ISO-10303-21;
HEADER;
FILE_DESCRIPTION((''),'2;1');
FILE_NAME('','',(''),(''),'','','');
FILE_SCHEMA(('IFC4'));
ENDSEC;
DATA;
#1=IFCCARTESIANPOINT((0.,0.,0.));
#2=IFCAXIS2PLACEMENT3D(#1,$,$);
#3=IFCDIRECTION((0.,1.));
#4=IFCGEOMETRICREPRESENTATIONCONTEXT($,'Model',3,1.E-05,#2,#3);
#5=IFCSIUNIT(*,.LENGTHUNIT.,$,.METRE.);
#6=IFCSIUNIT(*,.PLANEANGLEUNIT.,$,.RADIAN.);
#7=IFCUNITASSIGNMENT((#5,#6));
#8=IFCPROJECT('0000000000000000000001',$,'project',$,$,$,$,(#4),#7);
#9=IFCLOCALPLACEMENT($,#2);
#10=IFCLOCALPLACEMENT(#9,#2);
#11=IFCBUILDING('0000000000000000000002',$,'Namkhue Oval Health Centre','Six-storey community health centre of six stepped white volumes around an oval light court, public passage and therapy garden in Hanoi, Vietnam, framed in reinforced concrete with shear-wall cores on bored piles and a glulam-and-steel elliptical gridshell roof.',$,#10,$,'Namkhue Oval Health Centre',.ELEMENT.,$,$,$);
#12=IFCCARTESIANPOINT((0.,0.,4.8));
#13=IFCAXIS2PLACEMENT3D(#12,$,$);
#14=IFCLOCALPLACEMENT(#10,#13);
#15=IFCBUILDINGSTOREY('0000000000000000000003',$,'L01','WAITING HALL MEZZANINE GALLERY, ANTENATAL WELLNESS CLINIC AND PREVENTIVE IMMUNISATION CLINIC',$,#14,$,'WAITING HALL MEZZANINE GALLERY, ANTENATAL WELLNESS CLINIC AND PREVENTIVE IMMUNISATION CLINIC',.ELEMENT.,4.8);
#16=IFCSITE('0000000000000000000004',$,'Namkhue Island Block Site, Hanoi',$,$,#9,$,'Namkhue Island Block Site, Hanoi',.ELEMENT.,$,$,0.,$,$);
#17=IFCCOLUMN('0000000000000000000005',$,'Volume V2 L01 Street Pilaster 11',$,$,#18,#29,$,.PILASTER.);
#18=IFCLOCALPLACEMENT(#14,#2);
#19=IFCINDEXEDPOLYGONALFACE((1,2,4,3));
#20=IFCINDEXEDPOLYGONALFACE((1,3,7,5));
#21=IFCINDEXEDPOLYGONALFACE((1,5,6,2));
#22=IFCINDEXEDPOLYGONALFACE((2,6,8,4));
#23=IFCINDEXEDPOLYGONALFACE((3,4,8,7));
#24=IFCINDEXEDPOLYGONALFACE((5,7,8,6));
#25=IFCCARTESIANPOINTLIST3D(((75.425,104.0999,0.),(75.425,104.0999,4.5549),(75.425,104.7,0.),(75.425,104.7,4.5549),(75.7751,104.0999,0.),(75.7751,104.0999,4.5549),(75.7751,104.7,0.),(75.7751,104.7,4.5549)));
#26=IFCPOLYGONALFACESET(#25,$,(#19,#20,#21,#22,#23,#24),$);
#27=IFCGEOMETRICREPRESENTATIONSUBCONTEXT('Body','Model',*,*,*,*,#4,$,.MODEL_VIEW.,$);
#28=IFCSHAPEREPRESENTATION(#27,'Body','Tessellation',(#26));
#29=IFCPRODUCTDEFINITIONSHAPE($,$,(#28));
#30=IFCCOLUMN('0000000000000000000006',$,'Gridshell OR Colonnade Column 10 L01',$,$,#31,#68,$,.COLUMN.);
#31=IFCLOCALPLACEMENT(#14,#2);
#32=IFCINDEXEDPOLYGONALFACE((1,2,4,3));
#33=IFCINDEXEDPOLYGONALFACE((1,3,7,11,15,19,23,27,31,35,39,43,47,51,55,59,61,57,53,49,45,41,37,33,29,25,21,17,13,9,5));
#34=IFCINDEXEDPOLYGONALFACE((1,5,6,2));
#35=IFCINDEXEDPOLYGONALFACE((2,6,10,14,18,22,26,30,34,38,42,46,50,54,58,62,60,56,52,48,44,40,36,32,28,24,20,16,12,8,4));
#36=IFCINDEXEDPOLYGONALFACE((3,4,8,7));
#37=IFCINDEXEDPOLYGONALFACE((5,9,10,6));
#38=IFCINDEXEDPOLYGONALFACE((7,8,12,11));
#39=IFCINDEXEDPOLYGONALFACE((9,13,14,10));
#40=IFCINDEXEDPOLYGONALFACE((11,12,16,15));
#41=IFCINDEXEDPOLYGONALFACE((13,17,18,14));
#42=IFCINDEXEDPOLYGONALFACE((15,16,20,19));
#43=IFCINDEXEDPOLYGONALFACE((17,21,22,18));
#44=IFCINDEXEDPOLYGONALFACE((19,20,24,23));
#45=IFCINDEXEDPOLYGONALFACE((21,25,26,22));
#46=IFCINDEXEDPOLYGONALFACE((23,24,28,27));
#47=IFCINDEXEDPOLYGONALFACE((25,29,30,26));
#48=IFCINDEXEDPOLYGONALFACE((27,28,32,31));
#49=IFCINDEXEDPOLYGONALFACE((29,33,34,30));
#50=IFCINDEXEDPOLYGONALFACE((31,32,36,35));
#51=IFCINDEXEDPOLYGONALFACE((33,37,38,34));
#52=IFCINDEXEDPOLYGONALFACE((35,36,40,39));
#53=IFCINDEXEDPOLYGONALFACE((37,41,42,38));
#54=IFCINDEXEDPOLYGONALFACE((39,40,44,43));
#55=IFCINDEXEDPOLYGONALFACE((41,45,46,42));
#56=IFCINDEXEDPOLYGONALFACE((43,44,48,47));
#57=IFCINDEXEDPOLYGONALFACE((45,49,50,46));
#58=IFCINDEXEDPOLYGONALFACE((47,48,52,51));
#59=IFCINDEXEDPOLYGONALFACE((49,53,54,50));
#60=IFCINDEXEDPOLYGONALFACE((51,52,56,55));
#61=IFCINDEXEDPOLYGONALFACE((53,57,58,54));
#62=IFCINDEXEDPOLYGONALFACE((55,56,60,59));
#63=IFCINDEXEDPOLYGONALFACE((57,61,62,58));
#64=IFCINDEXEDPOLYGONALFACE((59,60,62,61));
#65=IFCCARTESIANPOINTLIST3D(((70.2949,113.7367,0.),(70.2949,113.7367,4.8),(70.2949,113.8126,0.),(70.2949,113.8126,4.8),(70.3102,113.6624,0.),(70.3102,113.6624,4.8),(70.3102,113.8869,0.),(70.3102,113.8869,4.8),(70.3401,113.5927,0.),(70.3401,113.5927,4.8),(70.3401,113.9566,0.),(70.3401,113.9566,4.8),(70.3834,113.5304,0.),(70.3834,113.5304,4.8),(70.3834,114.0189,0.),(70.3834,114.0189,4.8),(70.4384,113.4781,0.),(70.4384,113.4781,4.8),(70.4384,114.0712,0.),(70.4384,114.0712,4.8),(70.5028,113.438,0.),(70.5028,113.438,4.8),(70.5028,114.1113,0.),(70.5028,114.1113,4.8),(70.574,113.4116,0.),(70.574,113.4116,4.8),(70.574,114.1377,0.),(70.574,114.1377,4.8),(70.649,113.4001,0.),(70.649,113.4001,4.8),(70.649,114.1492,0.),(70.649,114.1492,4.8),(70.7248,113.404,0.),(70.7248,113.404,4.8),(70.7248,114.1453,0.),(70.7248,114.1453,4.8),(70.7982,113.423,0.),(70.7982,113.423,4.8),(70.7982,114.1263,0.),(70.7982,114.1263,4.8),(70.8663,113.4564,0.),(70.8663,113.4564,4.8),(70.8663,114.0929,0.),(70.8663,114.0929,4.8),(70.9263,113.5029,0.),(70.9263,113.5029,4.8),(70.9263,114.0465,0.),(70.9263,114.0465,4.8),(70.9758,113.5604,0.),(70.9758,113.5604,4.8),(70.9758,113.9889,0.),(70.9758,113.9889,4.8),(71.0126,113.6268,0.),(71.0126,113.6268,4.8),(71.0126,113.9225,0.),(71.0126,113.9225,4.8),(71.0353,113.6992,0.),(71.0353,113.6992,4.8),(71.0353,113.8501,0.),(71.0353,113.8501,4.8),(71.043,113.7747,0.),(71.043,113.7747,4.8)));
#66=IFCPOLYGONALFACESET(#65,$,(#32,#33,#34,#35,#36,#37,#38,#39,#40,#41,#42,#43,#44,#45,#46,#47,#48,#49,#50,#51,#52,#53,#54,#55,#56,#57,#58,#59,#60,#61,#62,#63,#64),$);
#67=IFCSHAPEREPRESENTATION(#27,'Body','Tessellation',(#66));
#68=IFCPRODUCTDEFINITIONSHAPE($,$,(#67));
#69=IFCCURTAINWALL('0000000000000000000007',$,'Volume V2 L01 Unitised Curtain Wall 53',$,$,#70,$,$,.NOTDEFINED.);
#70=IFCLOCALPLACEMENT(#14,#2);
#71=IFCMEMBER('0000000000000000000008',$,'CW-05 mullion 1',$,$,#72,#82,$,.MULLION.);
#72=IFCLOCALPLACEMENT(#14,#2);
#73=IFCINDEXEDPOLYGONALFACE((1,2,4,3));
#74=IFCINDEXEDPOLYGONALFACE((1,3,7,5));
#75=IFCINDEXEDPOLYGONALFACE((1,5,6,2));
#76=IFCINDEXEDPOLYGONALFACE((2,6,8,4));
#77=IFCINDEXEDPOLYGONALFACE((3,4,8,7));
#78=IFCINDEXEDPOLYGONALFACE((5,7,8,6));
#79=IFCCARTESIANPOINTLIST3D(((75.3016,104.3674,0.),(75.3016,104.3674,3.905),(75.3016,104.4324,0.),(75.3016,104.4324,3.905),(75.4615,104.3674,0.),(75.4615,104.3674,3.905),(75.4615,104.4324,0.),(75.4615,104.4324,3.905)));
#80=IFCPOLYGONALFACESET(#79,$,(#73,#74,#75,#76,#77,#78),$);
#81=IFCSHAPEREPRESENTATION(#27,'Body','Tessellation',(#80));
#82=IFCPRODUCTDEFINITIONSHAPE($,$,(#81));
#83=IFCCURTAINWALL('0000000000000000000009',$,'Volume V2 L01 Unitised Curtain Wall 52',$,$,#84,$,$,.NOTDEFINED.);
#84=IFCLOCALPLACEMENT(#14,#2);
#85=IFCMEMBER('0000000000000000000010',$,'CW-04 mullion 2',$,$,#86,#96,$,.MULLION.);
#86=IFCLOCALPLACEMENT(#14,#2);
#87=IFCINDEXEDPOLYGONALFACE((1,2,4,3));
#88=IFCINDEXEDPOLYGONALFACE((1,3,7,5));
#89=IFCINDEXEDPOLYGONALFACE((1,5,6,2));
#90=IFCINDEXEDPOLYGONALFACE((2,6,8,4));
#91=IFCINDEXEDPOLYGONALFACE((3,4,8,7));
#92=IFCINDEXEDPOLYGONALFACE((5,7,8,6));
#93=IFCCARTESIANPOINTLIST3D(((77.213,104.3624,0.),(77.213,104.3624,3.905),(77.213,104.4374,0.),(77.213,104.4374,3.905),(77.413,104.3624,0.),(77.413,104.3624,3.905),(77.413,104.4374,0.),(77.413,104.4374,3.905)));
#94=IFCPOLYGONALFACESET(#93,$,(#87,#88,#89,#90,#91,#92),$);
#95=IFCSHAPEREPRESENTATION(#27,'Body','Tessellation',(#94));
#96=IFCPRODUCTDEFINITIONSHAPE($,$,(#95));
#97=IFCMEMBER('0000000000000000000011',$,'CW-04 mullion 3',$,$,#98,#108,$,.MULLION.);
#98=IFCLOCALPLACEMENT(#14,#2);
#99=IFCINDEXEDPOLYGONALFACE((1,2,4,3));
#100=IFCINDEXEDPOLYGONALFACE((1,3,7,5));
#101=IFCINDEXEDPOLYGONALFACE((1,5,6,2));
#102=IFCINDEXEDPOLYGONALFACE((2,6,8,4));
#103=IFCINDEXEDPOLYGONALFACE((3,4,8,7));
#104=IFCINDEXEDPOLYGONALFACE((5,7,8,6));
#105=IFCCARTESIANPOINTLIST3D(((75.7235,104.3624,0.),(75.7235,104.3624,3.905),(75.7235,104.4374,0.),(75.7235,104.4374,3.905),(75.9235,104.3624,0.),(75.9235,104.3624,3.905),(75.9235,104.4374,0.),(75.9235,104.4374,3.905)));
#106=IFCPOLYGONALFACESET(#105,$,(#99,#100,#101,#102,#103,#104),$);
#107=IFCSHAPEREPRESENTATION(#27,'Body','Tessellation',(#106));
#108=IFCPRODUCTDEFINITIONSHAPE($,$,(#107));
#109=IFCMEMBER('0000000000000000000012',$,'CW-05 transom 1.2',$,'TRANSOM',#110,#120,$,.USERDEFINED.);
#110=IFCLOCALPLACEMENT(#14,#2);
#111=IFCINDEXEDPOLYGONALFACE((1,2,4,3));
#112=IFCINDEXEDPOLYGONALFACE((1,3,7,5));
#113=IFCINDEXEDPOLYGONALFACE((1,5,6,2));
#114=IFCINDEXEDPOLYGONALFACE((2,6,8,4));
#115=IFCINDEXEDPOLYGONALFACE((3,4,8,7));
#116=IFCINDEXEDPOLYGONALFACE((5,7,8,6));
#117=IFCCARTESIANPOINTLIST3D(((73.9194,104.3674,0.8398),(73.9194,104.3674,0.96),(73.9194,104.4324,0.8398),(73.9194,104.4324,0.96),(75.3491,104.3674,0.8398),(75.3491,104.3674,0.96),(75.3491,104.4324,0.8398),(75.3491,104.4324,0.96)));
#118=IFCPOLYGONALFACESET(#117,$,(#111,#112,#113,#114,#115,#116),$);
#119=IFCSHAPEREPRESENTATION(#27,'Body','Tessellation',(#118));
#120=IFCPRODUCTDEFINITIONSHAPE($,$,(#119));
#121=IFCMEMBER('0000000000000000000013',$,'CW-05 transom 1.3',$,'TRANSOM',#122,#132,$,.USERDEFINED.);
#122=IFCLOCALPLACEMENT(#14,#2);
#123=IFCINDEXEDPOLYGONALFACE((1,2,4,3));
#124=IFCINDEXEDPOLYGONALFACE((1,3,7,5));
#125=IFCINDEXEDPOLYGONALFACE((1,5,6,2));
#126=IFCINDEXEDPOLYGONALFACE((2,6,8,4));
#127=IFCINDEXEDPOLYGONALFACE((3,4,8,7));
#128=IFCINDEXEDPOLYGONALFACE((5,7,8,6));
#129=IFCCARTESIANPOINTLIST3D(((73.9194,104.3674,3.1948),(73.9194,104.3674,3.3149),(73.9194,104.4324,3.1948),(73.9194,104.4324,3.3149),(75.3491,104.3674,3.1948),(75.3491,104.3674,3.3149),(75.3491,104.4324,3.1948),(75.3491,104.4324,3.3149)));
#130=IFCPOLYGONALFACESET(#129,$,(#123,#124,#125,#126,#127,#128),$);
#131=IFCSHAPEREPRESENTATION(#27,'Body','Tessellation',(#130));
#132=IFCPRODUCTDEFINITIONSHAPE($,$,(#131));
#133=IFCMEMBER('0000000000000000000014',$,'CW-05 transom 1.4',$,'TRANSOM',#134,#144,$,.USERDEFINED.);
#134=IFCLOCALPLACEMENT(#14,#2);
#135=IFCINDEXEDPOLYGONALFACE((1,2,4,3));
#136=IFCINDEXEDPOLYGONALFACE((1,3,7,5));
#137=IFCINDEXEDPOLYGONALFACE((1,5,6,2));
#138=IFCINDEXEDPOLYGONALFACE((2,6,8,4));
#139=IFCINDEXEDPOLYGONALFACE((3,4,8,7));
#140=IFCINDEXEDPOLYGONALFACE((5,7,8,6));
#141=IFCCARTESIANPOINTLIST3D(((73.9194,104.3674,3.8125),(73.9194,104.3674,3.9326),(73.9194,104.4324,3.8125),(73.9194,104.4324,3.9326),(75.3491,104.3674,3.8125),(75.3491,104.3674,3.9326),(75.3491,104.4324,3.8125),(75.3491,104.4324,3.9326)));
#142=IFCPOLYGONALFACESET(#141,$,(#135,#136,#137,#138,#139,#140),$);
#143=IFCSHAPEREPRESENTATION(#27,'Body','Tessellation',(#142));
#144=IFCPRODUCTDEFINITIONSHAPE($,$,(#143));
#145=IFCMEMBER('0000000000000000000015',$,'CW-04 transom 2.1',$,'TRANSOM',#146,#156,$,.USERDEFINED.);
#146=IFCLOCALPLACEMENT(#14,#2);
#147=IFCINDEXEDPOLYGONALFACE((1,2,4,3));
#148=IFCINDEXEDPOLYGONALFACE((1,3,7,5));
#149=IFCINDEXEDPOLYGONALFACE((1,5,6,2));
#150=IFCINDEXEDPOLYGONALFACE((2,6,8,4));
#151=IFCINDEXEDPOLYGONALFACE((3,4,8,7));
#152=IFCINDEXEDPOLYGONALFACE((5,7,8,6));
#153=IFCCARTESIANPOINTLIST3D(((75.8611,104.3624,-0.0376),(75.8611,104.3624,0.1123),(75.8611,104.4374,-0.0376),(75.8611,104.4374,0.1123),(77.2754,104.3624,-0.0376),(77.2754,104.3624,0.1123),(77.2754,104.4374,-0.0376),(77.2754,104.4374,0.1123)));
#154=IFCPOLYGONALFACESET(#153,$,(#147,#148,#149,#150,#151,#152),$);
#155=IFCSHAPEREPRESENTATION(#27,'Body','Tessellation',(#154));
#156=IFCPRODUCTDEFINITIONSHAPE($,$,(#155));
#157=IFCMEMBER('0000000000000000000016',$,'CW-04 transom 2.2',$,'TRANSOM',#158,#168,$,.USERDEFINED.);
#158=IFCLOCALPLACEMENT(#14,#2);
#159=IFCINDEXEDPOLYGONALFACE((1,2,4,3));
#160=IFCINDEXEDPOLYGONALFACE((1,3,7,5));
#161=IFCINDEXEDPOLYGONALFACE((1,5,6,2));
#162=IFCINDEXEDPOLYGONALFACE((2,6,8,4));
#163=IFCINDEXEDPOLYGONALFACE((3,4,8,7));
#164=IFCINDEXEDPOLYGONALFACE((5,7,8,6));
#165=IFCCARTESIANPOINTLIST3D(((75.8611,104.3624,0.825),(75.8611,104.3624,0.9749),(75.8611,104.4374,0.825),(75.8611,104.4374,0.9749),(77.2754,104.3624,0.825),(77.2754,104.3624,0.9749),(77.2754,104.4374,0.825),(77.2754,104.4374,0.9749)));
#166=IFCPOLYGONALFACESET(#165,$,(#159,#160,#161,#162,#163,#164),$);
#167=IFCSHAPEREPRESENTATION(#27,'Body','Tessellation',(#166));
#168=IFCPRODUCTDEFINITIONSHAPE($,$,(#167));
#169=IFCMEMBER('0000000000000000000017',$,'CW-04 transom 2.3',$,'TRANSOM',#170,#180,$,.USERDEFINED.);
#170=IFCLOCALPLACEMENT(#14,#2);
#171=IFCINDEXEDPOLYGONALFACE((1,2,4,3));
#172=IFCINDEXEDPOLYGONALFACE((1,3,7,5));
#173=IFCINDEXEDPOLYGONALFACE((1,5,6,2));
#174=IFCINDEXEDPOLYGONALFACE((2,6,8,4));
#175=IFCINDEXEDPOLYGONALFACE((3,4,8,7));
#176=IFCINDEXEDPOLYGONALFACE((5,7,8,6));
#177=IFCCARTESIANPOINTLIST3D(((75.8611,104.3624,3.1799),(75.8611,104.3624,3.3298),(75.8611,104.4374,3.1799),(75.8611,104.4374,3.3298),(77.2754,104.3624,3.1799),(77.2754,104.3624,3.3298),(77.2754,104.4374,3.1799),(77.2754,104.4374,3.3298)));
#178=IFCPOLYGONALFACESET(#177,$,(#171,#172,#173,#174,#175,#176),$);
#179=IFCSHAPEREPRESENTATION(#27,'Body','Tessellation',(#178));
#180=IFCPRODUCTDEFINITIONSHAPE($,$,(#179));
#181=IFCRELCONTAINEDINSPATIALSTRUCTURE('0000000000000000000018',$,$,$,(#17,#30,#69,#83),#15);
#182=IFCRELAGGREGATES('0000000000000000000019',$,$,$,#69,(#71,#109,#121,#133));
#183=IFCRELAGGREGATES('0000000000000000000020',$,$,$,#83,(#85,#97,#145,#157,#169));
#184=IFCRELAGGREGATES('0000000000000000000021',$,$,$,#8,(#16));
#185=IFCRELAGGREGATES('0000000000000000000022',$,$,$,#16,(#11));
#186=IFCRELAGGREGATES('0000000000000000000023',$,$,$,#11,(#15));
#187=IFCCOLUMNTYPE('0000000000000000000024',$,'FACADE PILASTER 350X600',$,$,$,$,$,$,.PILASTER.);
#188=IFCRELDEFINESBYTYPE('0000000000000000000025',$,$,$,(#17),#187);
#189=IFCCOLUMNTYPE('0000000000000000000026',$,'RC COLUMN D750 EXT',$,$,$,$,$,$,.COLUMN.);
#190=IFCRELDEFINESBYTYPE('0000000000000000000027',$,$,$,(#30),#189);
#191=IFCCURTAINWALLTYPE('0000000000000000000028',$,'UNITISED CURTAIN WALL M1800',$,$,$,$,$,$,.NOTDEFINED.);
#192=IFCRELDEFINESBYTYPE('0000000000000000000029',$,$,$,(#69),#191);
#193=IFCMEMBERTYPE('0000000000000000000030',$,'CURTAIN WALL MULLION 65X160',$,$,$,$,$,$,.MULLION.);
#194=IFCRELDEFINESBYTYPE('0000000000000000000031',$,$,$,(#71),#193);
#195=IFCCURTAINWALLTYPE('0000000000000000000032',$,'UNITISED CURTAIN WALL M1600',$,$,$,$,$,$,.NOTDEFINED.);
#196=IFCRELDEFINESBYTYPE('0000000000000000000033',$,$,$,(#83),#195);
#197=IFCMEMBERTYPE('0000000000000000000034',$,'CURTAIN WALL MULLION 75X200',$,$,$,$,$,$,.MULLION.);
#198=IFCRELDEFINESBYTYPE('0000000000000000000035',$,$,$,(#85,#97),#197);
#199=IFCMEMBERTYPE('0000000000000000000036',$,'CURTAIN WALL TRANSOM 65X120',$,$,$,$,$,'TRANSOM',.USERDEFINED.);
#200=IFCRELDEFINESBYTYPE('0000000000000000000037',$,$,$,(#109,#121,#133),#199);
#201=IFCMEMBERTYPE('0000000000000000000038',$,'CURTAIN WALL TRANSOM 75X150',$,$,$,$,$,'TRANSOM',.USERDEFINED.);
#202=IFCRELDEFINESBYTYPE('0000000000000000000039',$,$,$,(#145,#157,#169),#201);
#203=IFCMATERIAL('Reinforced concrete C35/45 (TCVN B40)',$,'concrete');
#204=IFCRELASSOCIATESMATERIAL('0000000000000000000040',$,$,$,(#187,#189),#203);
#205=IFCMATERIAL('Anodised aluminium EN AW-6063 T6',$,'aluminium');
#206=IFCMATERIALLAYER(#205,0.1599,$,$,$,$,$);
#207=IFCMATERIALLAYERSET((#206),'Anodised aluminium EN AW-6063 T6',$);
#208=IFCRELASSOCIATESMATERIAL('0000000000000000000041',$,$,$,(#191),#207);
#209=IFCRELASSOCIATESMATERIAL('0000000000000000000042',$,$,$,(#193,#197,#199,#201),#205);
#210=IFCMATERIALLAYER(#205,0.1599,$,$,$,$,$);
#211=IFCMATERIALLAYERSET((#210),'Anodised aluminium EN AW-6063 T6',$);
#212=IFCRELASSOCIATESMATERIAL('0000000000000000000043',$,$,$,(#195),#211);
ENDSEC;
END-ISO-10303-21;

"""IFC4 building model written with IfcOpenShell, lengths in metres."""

from ifc_helpers import new_model, si_unit, direction, frame, origin, origin_2d, place, context, subcontext, project, spatial, rectangle, circle, extrude, material, layer, layer_set, material_profile, profile_set, type_object, element, aggregate, save


model = new_model("IFC4")

# Units and contexts
model_context = context("Model", 3, precision=1e-05, world=origin(), true_north=direction((0.0, 1.0)))
body_context = subcontext(model_context, "Body", "Model", "MODEL_VIEW")
ifc_project = project(units=[si_unit("LENGTHUNIT", "METRE"), si_unit("PLANEANGLEUNIT", "RADIAN")], contexts=[model_context])

# Site, building, storey
site_placement = place(None, origin())
site = spatial("IfcSite", under=ifc_project, at=site_placement, Name="Namkhue Island Block Site, Hanoi", LongName="Namkhue Island Block Site, Hanoi", CompositionType="ELEMENT", RefElevation=0.0)
building_placement = place(site_placement, origin())
building = spatial("IfcBuilding", under=site, at=building_placement, Name="Namkhue Oval Health Centre", Description="Six-storey community health centre of six stepped white volumes around an oval light court, public passage and therapy garden in Hanoi, Vietnam, framed in reinforced concrete with shear-wall cores on bored piles and a glulam-and-steel elliptical gridshell roof.", LongName="Namkhue Oval Health Centre", CompositionType="ELEMENT")
storey_placement = place(building_placement, frame((0.0, 0.0, 4.8)))
storey = spatial("IfcBuildingStorey", under=building, at=storey_placement, Name="L01", Description="WAITING HALL MEZZANINE GALLERY, ANTENATAL WELLNESS CLINIC AND PREVENTIVE IMMUNISATION CLINIC", LongName="WAITING HALL MEZZANINE GALLERY, ANTENATAL WELLNESS CLINIC AND PREVENTIVE IMMUNISATION CLINIC", CompositionType="ELEMENT", Elevation=4.8)

# Columns
ifc_material_1 = material(Name="Reinforced concrete C35/45 (TCVN B40)", Category="concrete")
ifc_material_profile_1 = material_profile(ifc_material_1, rectangle(XDim=0.3501, YDim=0.6001, at=origin_2d()), Name="RC 350x600")
ifc_profile_set_1 = profile_set([ifc_material_profile_1], Name="Reinforced concrete C35/45 (TCVN B40)")
column_type_1 = type_object("IfcColumnType", Name="FACADE PILASTER 350X600", PredefinedType="PILASTER", material=ifc_profile_set_1)
column_1_placement = place(storey_placement, frame((75.6001, 104.3999, 0.0), z_axis=(0.0, 0.0, 1.0), x_axis=(1.0, 0.0, 0.0)))
element("IfcColumn", 1, at=column_1_placement, inside=storey, type_object=column_type_1, Name="Volume V2 L01 Street Pilaster 11", PredefinedType="PILASTER", context=body_context, shape_type="SweptSolid", body=[
    extrude(rectangle(XDim=0.3501, YDim=0.6001, at=origin_2d()), origin(), (0.0, 0.0, 1.0), 4.5549),
])
ifc_material_profile_2 = material_profile(ifc_material_1, circle(Radius=0.375, at=origin_2d()), Name="RC D750")
ifc_profile_set_2 = profile_set([ifc_material_profile_2], Name="Reinforced concrete C35/45 (TCVN B40)")
column_type_2 = type_object("IfcColumnType", Name="RC COLUMN D750 EXT", PredefinedType="COLUMN", material=ifc_profile_set_2)
column_2_placement = place(storey_placement, frame((70.668, 113.7747, 0.0), z_axis=(0.0, 0.0, 1.0), x_axis=(1.0, 0.0, 0.0)))
element("IfcColumn", 2, at=column_2_placement, inside=storey, type_object=column_type_2, Name="Gridshell OR Colonnade Column 10 L01", PredefinedType="COLUMN", context=body_context, shape_type="SweptSolid", body=[
    extrude(circle(Radius=0.375, at=origin_2d()), origin(), (0.0, 0.0, 1.0), 4.8),
])

# Curtain wall, member
ifc_material_2 = material(Name="Anodised aluminium EN AW-6063 T6", Category="aluminium")
ifc_layer_1 = layer(ifc_material_2, 0.1599)
ifc_layer_set_1 = layer_set([ifc_layer_1], Name="Anodised aluminium EN AW-6063 T6")
curtain_wall_type_1 = type_object("IfcCurtainWallType", Name="UNITISED CURTAIN WALL M1800", PredefinedType="NOTDEFINED", material=ifc_layer_set_1)
curtain_wall_1_placement = place(storey_placement, origin())
curtain_wall_1 = element("IfcCurtainWall", 3, at=curtain_wall_1_placement, inside=storey, type_object=curtain_wall_type_1, Name="Volume V2 L01 Unitised Curtain Wall 53", PredefinedType="NOTDEFINED")
ifc_material_profile_3 = material_profile(ifc_material_2, rectangle(XDim=0.0649, YDim=0.1599, at=origin_2d()), Name="ALU 65x160")
ifc_profile_set_3 = profile_set([ifc_material_profile_3], Name="Anodised aluminium EN AW-6063 T6")
member_type_1 = type_object("IfcMemberType", Name="CURTAIN WALL MULLION 65X160", PredefinedType="MULLION", material=ifc_profile_set_3)
member_1_placement = place(storey_placement, frame((75.3816, 104.3999, 0.0), z_axis=(0.0, 0.0, 1.0), x_axis=(0.0, -1.0, 0.0)))
member_1 = element("IfcMember", 4, at=member_1_placement, type_object=member_type_1, Name="CW-05 mullion 1", PredefinedType="MULLION", context=body_context, shape_type="SweptSolid", body=[
    extrude(rectangle(XDim=0.0649, YDim=0.1599, at=origin_2d()), origin(), (0.0, 0.0, 1.0), 3.905),
])

# Curtain wall, members
ifc_layer_2 = layer(ifc_material_2, 0.1599)
ifc_layer_set_2 = layer_set([ifc_layer_2], Name="Anodised aluminium EN AW-6063 T6")
curtain_wall_type_2 = type_object("IfcCurtainWallType", Name="UNITISED CURTAIN WALL M1600", PredefinedType="NOTDEFINED", material=ifc_layer_set_2)
curtain_wall_2_placement = place(storey_placement, origin())
curtain_wall_2 = element("IfcCurtainWall", 5, at=curtain_wall_2_placement, inside=storey, type_object=curtain_wall_type_2, Name="Volume V2 L01 Unitised Curtain Wall 52", PredefinedType="NOTDEFINED")
ifc_material_profile_4 = material_profile(ifc_material_2, rectangle(XDim=0.075, YDim=0.2, at=origin_2d()), Name="ALU 75x200")
ifc_profile_set_4 = profile_set([ifc_material_profile_4], Name="Anodised aluminium EN AW-6063 T6")
member_type_2 = type_object("IfcMemberType", Name="CURTAIN WALL MULLION 75X200", PredefinedType="MULLION", material=ifc_profile_set_4)
member_2_placement = place(storey_placement, frame((77.313, 104.3999, 0.0), z_axis=(0.0, 0.0, 1.0), x_axis=(0.0, -1.0, 0.0)))
member_2 = element("IfcMember", 6, at=member_2_placement, type_object=member_type_2, Name="CW-04 mullion 2", PredefinedType="MULLION", context=body_context, shape_type="SweptSolid", body=[
    extrude(rectangle(XDim=0.075, YDim=0.2, at=origin_2d()), origin(), (0.0, 0.0, 1.0), 3.905),
])
member_3_placement = place(storey_placement, frame((75.8235, 104.3999, 0.0), z_axis=(0.0, 0.0, 1.0), x_axis=(0.0, -1.0, 0.0)))
member_3 = element("IfcMember", 7, at=member_3_placement, type_object=member_type_2, Name="CW-04 mullion 3", PredefinedType="MULLION", context=body_context, shape_type="SweptSolid", body=[
    extrude(rectangle(XDim=0.075, YDim=0.2, at=origin_2d()), origin(), (0.0, 0.0, 1.0), 3.905),
])

# Members
ifc_material_profile_5 = material_profile(ifc_material_2, rectangle(XDim=0.0649, YDim=0.1201, at=origin_2d()), Name="ALU 65x120")
ifc_profile_set_5 = profile_set([ifc_material_profile_5], Name="Anodised aluminium EN AW-6063 T6")
member_type_3 = type_object("IfcMemberType", Name="CURTAIN WALL TRANSOM 65X120", ElementType="TRANSOM", PredefinedType="USERDEFINED", material=ifc_profile_set_5)
member_4_placement = place(storey_placement, frame((75.3491, 104.3999, 0.8999), z_axis=(-1.0, 0.0, 0.0), x_axis=(0.0, -1.0, 0.0)))
member_4 = element("IfcMember", 8, at=member_4_placement, type_object=member_type_3, Name="CW-05 transom 1.2", ObjectType="TRANSOM", PredefinedType="USERDEFINED", context=body_context, shape_type="SweptSolid", body=[
    extrude(rectangle(XDim=0.0649, YDim=0.1201, at=origin_2d()), origin(), (0.0, 0.0, 1.0), 1.4297),
])
member_5_placement = place(storey_placement, frame((75.3491, 104.3999, 3.2549), z_axis=(-1.0, 0.0, 0.0), x_axis=(0.0, -1.0, 0.0)))
member_5 = element("IfcMember", 9, at=member_5_placement, type_object=member_type_3, Name="CW-05 transom 1.3", ObjectType="TRANSOM", PredefinedType="USERDEFINED", context=body_context, shape_type="SweptSolid", body=[
    extrude(rectangle(XDim=0.0649, YDim=0.1201, at=origin_2d()), origin(), (0.0, 0.0, 1.0), 1.4297),
])
member_6_placement = place(storey_placement, frame((75.3491, 104.3999, 3.8726), z_axis=(-1.0, 0.0, 0.0), x_axis=(0.0, -1.0, 0.0)))
member_6 = element("IfcMember", 10, at=member_6_placement, type_object=member_type_3, Name="CW-05 transom 1.4", ObjectType="TRANSOM", PredefinedType="USERDEFINED", context=body_context, shape_type="SweptSolid", body=[
    extrude(rectangle(XDim=0.0649, YDim=0.1201, at=origin_2d()), origin(), (0.0, 0.0, 1.0), 1.4297),
])
aggregate(curtain_wall_1, [member_1, member_4, member_5, member_6])
ifc_material_profile_6 = material_profile(ifc_material_2, rectangle(XDim=0.075, YDim=0.1499, at=origin_2d()), Name="ALU 75x150")
ifc_profile_set_6 = profile_set([ifc_material_profile_6], Name="Anodised aluminium EN AW-6063 T6")
member_type_4 = type_object("IfcMemberType", Name="CURTAIN WALL TRANSOM 75X150", ElementType="TRANSOM", PredefinedType="USERDEFINED", material=ifc_profile_set_6)
member_7_placement = place(storey_placement, frame((77.2754, 104.3999, 0.0374), z_axis=(-1.0, 0.0, 0.0), x_axis=(0.0, -1.0, 0.0)))
member_7 = element("IfcMember", 11, at=member_7_placement, type_object=member_type_4, Name="CW-04 transom 2.1", ObjectType="TRANSOM", PredefinedType="USERDEFINED", context=body_context, shape_type="SweptSolid", body=[
    extrude(rectangle(XDim=0.075, YDim=0.1499, at=origin_2d()), origin(), (0.0, 0.0, 1.0), 1.4143),
])
member_8_placement = place(storey_placement, frame((77.2754, 104.3999, 0.8999), z_axis=(-1.0, 0.0, 0.0), x_axis=(0.0, -1.0, 0.0)))
member_8 = element("IfcMember", 12, at=member_8_placement, type_object=member_type_4, Name="CW-04 transom 2.2", ObjectType="TRANSOM", PredefinedType="USERDEFINED", context=body_context, shape_type="SweptSolid", body=[
    extrude(rectangle(XDim=0.075, YDim=0.1499, at=origin_2d()), origin(), (0.0, 0.0, 1.0), 1.4143),
])
member_9_placement = place(storey_placement, frame((77.2754, 104.3999, 3.2549), z_axis=(-1.0, 0.0, 0.0), x_axis=(0.0, -1.0, 0.0)))
member_9 = element("IfcMember", 13, at=member_9_placement, type_object=member_type_4, Name="CW-04 transom 2.3", ObjectType="TRANSOM", PredefinedType="USERDEFINED", context=body_context, shape_type="SweptSolid", body=[
    extrude(rectangle(XDim=0.075, YDim=0.1499, at=origin_2d()), origin(), (0.0, 0.0, 1.0), 1.4143),
])

aggregate(curtain_wall_2, [member_2, member_3, member_7, member_8, member_9])

save(model, "model.ifc")
